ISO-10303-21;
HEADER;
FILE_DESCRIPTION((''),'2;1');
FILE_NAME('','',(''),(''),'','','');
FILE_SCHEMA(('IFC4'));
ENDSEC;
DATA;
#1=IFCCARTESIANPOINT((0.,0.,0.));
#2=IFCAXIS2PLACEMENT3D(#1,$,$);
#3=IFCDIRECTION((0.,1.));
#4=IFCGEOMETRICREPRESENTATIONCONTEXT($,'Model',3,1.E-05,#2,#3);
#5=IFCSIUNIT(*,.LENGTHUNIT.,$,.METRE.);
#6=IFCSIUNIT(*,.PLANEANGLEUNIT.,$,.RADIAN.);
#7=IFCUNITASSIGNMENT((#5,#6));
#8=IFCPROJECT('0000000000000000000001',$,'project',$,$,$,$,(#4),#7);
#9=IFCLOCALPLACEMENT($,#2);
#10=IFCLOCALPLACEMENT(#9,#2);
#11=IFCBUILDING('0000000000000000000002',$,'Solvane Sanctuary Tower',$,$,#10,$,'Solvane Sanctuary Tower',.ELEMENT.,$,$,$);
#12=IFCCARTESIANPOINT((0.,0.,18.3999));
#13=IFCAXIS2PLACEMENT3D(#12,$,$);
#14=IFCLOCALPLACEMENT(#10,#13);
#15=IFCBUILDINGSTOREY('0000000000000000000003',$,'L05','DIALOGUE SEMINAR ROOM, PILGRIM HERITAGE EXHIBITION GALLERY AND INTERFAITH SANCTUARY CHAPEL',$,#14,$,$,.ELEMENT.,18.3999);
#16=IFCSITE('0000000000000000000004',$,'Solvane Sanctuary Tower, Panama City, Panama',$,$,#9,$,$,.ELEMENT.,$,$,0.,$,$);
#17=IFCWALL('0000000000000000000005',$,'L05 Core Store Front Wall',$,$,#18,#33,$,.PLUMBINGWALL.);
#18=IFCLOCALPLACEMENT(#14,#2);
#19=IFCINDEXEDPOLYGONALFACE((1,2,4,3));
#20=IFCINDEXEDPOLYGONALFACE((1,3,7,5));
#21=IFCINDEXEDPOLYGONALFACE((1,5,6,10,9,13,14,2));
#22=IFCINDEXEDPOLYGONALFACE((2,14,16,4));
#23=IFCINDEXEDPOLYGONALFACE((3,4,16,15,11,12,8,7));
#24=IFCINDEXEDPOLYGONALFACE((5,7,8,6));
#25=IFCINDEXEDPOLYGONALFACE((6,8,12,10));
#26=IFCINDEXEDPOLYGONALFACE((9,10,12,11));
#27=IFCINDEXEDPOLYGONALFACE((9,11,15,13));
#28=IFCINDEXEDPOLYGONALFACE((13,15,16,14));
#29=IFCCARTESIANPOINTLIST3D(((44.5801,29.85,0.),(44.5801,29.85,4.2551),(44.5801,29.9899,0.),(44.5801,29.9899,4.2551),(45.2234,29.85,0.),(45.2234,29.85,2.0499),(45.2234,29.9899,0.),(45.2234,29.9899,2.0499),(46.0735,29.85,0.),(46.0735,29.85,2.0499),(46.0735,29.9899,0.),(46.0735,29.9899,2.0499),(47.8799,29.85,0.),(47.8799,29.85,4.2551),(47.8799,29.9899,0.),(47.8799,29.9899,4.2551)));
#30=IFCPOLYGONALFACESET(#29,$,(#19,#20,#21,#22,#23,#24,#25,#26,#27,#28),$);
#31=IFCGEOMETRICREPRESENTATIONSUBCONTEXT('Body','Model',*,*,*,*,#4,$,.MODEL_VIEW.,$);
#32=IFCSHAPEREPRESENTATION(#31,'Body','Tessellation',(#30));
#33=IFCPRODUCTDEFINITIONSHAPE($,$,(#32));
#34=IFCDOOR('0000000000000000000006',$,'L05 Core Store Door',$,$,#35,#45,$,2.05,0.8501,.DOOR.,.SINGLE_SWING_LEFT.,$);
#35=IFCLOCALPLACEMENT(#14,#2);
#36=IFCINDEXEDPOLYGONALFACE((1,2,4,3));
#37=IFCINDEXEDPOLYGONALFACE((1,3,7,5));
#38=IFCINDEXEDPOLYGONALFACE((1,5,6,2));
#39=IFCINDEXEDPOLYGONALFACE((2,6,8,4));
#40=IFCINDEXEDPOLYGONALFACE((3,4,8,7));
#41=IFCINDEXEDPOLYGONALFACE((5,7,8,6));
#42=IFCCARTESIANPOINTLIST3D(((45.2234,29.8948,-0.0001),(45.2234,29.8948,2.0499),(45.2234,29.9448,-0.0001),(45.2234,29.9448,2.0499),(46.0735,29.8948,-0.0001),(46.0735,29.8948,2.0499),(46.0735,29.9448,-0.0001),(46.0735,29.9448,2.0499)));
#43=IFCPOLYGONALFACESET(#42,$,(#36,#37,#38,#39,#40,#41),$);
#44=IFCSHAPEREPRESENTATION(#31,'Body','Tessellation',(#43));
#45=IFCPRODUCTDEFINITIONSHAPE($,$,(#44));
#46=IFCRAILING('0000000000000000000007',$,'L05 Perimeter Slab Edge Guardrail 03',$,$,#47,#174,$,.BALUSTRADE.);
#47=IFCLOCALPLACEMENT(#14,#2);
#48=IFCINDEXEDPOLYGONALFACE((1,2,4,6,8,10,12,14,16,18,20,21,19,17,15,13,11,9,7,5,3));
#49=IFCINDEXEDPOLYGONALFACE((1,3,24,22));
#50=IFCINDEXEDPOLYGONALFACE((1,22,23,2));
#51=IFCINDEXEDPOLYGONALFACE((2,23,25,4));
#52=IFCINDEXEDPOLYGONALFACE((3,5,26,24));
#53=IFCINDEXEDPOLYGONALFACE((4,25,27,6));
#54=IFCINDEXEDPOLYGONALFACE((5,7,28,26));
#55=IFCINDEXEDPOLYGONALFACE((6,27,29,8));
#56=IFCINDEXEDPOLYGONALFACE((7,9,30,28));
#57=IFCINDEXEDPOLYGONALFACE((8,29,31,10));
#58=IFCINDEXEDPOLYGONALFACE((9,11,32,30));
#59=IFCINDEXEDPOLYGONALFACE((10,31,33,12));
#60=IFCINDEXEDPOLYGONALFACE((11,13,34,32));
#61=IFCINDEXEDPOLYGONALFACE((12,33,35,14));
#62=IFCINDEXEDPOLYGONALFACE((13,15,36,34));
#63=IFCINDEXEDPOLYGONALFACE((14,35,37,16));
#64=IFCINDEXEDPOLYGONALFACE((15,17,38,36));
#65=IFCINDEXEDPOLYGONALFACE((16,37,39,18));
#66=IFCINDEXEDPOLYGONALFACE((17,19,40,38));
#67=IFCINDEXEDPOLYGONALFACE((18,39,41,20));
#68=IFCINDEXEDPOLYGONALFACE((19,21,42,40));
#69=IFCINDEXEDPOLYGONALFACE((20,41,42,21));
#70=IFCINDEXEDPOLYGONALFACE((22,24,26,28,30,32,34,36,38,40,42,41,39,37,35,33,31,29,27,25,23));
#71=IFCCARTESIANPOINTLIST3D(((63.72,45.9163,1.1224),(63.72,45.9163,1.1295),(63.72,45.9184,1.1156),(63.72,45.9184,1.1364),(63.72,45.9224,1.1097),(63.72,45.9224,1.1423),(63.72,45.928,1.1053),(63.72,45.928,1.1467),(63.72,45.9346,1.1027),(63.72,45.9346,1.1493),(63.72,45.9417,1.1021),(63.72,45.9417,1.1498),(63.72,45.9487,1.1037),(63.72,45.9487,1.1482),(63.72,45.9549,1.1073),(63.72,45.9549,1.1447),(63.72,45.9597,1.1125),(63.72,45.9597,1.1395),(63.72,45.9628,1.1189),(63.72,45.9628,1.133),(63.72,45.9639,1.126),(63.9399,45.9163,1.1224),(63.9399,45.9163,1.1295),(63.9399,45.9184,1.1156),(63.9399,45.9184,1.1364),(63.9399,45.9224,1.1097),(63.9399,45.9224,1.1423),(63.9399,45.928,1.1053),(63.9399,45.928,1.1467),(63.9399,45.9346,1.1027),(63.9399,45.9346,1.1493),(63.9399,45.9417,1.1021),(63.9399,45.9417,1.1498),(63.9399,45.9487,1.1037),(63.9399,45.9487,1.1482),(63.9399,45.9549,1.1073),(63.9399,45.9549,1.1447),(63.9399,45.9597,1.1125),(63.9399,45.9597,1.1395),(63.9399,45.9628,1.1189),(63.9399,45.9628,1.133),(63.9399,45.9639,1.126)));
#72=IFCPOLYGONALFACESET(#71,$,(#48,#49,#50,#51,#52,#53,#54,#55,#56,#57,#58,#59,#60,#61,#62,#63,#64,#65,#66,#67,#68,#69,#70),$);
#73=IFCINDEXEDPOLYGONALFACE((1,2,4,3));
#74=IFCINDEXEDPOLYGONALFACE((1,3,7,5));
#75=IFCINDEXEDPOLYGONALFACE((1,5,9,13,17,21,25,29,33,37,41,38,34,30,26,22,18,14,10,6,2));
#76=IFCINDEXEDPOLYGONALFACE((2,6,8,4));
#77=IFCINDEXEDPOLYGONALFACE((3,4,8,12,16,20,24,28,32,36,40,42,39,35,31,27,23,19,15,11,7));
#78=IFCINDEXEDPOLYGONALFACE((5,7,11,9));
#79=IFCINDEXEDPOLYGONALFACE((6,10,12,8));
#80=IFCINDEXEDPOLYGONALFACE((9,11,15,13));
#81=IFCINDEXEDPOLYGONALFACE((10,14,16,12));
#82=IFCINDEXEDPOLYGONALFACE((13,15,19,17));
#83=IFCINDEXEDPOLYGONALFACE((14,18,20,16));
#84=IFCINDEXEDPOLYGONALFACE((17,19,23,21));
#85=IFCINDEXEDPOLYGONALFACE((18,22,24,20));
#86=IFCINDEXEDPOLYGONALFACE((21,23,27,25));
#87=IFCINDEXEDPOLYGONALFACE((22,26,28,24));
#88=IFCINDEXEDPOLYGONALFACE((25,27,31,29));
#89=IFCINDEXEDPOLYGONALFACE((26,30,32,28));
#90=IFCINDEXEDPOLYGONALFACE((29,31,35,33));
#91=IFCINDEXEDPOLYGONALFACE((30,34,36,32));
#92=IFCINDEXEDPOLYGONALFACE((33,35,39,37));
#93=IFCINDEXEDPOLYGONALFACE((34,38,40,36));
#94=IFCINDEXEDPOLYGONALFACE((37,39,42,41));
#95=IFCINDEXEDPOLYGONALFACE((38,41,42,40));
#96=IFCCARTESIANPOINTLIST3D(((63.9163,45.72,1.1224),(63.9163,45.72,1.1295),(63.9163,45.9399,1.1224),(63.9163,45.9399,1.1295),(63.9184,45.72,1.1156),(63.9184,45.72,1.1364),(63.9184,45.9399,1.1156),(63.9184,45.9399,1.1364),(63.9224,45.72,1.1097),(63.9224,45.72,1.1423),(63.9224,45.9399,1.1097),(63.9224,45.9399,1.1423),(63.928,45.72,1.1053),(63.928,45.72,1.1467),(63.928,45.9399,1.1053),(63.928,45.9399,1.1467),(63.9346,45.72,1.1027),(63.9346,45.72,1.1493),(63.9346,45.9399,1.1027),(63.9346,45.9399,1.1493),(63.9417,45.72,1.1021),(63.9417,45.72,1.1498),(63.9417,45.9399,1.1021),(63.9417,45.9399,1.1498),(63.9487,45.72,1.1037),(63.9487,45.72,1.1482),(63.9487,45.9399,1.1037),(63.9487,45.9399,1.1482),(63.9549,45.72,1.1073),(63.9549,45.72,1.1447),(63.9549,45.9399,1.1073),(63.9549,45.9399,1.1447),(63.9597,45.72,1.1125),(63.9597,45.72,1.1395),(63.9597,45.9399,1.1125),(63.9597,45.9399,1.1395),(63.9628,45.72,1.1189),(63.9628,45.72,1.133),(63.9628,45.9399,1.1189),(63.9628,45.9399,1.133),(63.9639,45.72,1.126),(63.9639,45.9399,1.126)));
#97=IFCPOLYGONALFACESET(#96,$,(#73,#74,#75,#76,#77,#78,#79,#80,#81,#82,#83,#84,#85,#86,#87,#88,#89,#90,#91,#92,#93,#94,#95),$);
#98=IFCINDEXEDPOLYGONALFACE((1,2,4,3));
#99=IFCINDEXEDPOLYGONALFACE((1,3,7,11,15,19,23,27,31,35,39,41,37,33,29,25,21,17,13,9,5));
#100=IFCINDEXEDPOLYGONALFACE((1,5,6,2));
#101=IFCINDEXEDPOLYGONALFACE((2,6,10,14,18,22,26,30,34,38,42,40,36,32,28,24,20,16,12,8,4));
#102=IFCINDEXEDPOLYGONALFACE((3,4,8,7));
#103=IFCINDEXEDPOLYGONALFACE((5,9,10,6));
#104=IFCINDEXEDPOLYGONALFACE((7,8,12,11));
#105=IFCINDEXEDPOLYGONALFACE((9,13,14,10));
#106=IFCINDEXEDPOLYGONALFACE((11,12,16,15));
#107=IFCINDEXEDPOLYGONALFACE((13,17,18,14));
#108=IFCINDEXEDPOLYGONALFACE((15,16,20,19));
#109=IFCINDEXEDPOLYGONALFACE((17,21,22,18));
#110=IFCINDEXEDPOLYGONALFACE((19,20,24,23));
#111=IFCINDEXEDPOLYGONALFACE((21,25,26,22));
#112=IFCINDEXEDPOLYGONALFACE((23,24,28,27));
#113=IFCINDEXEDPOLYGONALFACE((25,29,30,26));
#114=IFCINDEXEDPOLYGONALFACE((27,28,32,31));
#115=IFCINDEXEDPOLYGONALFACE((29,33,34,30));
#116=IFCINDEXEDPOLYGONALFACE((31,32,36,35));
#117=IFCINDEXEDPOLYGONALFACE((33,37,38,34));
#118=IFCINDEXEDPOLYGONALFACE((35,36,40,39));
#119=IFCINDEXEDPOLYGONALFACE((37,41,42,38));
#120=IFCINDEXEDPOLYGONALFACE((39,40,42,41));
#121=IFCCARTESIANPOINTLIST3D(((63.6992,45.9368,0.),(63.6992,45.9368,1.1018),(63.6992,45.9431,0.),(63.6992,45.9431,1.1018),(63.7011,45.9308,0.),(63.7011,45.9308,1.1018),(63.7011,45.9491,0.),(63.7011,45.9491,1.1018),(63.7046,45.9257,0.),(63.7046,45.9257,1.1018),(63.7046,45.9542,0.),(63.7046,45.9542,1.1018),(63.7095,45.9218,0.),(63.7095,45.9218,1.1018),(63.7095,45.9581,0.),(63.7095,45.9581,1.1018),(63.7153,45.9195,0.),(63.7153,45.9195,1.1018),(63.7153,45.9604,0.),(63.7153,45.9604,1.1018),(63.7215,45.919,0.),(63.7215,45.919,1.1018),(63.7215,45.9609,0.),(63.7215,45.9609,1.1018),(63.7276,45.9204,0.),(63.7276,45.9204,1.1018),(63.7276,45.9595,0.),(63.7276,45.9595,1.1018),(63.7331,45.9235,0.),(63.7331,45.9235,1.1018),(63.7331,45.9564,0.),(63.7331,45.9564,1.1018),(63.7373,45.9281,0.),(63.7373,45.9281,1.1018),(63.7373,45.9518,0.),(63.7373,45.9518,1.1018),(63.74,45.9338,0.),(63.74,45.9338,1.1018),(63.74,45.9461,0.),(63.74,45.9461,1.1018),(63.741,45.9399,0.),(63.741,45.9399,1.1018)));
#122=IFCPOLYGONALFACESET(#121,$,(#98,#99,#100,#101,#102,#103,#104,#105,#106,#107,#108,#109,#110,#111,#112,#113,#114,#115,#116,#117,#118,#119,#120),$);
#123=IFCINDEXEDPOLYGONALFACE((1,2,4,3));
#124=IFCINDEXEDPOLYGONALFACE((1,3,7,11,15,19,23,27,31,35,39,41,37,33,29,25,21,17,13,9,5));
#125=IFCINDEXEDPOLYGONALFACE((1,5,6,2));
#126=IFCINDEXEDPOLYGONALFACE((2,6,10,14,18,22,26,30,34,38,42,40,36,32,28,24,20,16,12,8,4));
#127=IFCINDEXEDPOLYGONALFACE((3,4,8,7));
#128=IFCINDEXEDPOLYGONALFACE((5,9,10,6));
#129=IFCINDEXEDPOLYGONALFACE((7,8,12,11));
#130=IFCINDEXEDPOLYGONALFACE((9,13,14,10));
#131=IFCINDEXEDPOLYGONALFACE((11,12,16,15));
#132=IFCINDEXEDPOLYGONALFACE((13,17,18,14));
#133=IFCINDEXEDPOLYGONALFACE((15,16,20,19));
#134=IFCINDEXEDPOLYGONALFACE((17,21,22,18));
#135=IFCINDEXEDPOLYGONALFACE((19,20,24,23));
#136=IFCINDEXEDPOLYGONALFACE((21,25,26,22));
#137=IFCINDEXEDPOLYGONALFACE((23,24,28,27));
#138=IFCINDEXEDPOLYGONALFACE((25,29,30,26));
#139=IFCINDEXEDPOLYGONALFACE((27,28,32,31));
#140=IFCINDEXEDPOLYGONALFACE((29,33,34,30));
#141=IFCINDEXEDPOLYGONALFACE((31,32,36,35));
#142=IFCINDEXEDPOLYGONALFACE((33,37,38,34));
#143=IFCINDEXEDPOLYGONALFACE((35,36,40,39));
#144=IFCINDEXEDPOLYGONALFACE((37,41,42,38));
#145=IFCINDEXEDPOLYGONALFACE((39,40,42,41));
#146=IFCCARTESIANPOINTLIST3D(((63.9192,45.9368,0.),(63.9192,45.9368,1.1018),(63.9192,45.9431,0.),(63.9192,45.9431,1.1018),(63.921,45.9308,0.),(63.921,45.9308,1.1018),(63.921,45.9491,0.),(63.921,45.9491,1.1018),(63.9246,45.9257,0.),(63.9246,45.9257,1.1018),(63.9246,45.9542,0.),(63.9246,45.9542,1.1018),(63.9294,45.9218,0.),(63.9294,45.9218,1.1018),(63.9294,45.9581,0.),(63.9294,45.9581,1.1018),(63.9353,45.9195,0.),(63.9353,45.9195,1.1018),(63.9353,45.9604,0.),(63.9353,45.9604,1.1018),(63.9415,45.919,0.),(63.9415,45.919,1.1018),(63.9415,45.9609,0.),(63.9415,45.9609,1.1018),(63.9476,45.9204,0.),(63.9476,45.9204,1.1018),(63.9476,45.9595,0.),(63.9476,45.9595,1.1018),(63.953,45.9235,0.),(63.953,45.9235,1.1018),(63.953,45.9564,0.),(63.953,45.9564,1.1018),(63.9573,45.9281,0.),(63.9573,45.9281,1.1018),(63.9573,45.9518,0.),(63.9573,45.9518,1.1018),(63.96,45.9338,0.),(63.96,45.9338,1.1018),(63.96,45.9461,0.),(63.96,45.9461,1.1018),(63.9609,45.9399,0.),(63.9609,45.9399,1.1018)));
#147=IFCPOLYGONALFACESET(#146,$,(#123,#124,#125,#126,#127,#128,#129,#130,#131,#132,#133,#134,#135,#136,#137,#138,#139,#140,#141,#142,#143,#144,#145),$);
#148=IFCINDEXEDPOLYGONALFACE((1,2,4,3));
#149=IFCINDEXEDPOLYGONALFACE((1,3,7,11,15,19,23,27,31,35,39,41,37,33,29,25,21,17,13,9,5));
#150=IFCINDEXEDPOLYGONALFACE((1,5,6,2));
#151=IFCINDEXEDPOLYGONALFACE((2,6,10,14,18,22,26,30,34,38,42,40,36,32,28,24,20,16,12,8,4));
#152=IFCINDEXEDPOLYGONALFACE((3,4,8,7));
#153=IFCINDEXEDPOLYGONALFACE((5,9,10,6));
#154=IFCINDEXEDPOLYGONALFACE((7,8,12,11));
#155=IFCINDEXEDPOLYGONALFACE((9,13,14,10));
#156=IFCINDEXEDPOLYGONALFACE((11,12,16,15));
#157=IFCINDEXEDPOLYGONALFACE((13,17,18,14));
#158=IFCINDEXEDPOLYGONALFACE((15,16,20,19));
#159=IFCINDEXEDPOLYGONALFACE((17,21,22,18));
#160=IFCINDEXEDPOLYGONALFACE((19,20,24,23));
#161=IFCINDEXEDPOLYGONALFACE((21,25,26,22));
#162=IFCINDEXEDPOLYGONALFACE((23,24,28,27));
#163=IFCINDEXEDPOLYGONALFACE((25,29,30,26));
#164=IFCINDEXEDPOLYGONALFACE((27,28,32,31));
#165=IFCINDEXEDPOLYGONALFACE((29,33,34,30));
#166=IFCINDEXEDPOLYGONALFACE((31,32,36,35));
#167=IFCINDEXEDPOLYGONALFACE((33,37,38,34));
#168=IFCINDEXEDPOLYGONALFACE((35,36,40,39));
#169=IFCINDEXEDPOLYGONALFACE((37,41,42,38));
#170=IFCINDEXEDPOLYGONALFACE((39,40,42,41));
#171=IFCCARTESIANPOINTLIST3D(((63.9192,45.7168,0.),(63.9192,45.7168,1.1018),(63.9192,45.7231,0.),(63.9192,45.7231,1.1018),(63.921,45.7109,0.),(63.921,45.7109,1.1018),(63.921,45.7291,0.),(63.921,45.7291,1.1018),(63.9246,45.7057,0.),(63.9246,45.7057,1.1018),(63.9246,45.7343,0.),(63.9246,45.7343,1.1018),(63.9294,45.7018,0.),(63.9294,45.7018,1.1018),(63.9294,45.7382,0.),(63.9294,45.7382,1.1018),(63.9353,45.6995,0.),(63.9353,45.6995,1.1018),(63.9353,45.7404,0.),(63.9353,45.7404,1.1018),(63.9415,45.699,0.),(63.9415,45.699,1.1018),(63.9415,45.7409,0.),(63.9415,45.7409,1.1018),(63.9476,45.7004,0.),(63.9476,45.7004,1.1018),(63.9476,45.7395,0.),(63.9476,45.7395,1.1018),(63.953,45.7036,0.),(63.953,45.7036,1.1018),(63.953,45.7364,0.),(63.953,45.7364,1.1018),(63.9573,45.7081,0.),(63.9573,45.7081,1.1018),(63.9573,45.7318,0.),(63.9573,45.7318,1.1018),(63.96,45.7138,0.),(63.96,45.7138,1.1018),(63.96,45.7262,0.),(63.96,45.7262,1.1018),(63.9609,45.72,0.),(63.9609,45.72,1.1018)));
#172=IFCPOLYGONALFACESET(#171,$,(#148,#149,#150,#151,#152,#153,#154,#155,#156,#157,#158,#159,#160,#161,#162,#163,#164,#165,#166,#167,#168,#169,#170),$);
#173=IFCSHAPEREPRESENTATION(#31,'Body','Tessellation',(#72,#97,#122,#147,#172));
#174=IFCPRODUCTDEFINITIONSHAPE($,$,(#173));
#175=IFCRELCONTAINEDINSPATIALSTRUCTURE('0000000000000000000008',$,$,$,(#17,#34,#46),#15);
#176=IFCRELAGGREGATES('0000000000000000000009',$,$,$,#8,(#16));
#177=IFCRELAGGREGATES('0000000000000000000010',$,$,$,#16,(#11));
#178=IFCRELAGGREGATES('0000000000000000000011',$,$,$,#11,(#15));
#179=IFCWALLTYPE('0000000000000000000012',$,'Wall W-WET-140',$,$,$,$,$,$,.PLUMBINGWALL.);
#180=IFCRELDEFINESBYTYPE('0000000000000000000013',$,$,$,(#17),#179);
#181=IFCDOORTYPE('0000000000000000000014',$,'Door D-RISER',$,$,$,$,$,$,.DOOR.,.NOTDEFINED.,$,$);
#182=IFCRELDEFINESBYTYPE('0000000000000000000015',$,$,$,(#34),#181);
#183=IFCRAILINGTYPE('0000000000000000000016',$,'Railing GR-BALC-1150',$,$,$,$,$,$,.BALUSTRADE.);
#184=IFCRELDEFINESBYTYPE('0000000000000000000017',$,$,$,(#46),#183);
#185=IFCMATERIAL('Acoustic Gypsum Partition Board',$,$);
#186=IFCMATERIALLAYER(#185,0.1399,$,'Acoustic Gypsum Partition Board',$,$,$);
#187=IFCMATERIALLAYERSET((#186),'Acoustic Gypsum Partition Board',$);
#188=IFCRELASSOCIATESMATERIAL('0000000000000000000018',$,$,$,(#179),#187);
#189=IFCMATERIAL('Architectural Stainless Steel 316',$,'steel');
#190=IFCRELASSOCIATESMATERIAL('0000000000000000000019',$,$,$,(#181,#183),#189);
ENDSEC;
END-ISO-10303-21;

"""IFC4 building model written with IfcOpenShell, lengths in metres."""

from ifc_helpers import new_model, si_unit, direction, frame, frame_2d, origin, origin_2d, place, context, subcontext, project, spatial, rectangle, circle, extrude, material, layer, layer_set, type_object, element, fill, save


model = new_model("IFC4")

# Units and contexts
model_context = context("Model", 3, precision=1e-05, world=origin(), true_north=direction((0.0, 1.0)))
body_context = subcontext(model_context, "Body", "Model", "MODEL_VIEW")
ifc_project = project(units=[si_unit("LENGTHUNIT", "METRE"), si_unit("PLANEANGLEUNIT", "RADIAN")], contexts=[model_context])

# Site, building, storey
site_placement = place(None, origin())
site = spatial("IfcSite", under=ifc_project, at=site_placement, Name="Solvane Sanctuary Tower, Panama City, Panama", CompositionType="ELEMENT", RefElevation=0.0)
building_placement = place(site_placement, origin())
building = spatial("IfcBuilding", under=site, at=building_placement, Name="Solvane Sanctuary Tower", LongName="Solvane Sanctuary Tower", CompositionType="ELEMENT")
storey_placement = place(building_placement, frame((0.0, 0.0, 18.3999)))
storey = spatial("IfcBuildingStorey", under=building, at=storey_placement, Name="L05", Description="DIALOGUE SEMINAR ROOM, PILGRIM HERITAGE EXHIBITION GALLERY AND INTERFAITH SANCTUARY CHAPEL", CompositionType="ELEMENT", Elevation=18.3999)

# Shared definitions
ifc_material_1 = material(Name="Acoustic Gypsum Partition Board")

# Shared definitions
ifc_material_2 = material(Name="Architectural Stainless Steel 316", Category="steel")

# Wall, opening, door
ifc_layer_1 = layer(ifc_material_1, 0.1399, Name="Acoustic Gypsum Partition Board")
ifc_layer_set_1 = layer_set([ifc_layer_1], Name="Acoustic Gypsum Partition Board")
wall_type_1 = type_object("IfcWallType", Name="Wall W-WET-140", PredefinedType="PLUMBINGWALL", material=ifc_layer_set_1)
wall_1_placement = place(storey_placement, frame((44.5801, 29.9199, 0.0), z_axis=(0.0, 0.0, 1.0), x_axis=(1.0, 0.0, 0.0)))
wall_1 = element("IfcWall", 1, at=wall_1_placement, inside=storey, type_object=wall_type_1, Name="L05 Core Store Front Wall", PredefinedType="PLUMBINGWALL", context=body_context, shape_type="SweptSolid", body=[
    extrude(rectangle(XDim=3.2998, YDim=0.1399, at=frame_2d((1.6499, 0.0))), origin(), (0.0, 0.0, 1.0), 4.2551),
])
opening_1_placement = place(wall_1_placement, frame((0.6433, 0.0, 0.0)))
opening_1 = element("IfcOpeningElement", 2, at=opening_1_placement, cuts=wall_1, PredefinedType="OPENING", context=body_context, shape_type="SweptSolid", body=[
    extrude(rectangle(XDim=0.8501, YDim=2.05, at=frame_2d((0.425, 1.0249))), frame((0.0, 0.0798, 0.0), z_axis=(0.0, -1.0, 0.0), x_axis=(1.0, 0.0, 0.0)), (0.0, 0.0, 1.0), 0.1599),
])
door_type_1 = type_object("IfcDoorType", Name="Door D-RISER", OperationType="NOTDEFINED", PredefinedType="DOOR", material=ifc_material_2)
door_1_placement = place(opening_1_placement, origin())
door_1 = element("IfcDoor", 3, at=door_1_placement, inside=storey, type_object=door_type_1, Name="L05 Core Store Door", OperationType="SINGLE_SWING_LEFT", OverallHeight=2.05, OverallWidth=0.8501, PredefinedType="DOOR", context=body_context, shape_type="SweptSolid", body=[
    extrude(rectangle(XDim=0.8501, YDim=2.05, at=frame_2d((0.425, 1.0249))), frame((0.0, 0.0249, 0.0), z_axis=(0.0, -1.0, 0.0), x_axis=(1.0, 0.0, 0.0)), (0.0, 0.0, 1.0), 0.05),
])
fill(opening_1, door_1)

# Railing
railing_type = type_object("IfcRailingType", Name="Railing GR-BALC-1150", PredefinedType="BALUSTRADE", material=ifc_material_2)
railing_1_placement = place(storey_placement, frame((63.72, 45.9399, 0.0)))
element("IfcRailing", 4, at=railing_1_placement, inside=storey, type_object=railing_type, Name="L05 Perimeter Slab Edge Guardrail 03", PredefinedType="BALUSTRADE", context=body_context, shape_type="SweptSolid", body=[
    extrude(circle(Radius=0.0239, at=origin_2d()), frame((0.0, 0.0, 1.126), z_axis=(1.0, 0.0, 0.0), x_axis=(0.0, 1.0, 0.0)), (0.0, 0.0, 1.0), 0.22),
    extrude(circle(Radius=0.0239, at=origin_2d()), frame((0.22, 0.0, 1.126), z_axis=(0.0, -1.0, 0.0), x_axis=(1.0, 0.0, 0.0)), (0.0, 0.0, 1.0), 0.22),
    extrude(circle(Radius=0.021, at=origin_2d()), origin(), (0.0, 0.0, 1.0), 1.1018),
    extrude(circle(Radius=0.021, at=origin_2d()), frame((0.22, 0.0, 0.0)), (0.0, 0.0, 1.0), 1.1018),
    extrude(circle(Radius=0.021, at=origin_2d()), frame((0.22, -0.22, 0.0)), (0.0, 0.0, 1.0), 1.1018),
])

save(model, "model.ifc")
